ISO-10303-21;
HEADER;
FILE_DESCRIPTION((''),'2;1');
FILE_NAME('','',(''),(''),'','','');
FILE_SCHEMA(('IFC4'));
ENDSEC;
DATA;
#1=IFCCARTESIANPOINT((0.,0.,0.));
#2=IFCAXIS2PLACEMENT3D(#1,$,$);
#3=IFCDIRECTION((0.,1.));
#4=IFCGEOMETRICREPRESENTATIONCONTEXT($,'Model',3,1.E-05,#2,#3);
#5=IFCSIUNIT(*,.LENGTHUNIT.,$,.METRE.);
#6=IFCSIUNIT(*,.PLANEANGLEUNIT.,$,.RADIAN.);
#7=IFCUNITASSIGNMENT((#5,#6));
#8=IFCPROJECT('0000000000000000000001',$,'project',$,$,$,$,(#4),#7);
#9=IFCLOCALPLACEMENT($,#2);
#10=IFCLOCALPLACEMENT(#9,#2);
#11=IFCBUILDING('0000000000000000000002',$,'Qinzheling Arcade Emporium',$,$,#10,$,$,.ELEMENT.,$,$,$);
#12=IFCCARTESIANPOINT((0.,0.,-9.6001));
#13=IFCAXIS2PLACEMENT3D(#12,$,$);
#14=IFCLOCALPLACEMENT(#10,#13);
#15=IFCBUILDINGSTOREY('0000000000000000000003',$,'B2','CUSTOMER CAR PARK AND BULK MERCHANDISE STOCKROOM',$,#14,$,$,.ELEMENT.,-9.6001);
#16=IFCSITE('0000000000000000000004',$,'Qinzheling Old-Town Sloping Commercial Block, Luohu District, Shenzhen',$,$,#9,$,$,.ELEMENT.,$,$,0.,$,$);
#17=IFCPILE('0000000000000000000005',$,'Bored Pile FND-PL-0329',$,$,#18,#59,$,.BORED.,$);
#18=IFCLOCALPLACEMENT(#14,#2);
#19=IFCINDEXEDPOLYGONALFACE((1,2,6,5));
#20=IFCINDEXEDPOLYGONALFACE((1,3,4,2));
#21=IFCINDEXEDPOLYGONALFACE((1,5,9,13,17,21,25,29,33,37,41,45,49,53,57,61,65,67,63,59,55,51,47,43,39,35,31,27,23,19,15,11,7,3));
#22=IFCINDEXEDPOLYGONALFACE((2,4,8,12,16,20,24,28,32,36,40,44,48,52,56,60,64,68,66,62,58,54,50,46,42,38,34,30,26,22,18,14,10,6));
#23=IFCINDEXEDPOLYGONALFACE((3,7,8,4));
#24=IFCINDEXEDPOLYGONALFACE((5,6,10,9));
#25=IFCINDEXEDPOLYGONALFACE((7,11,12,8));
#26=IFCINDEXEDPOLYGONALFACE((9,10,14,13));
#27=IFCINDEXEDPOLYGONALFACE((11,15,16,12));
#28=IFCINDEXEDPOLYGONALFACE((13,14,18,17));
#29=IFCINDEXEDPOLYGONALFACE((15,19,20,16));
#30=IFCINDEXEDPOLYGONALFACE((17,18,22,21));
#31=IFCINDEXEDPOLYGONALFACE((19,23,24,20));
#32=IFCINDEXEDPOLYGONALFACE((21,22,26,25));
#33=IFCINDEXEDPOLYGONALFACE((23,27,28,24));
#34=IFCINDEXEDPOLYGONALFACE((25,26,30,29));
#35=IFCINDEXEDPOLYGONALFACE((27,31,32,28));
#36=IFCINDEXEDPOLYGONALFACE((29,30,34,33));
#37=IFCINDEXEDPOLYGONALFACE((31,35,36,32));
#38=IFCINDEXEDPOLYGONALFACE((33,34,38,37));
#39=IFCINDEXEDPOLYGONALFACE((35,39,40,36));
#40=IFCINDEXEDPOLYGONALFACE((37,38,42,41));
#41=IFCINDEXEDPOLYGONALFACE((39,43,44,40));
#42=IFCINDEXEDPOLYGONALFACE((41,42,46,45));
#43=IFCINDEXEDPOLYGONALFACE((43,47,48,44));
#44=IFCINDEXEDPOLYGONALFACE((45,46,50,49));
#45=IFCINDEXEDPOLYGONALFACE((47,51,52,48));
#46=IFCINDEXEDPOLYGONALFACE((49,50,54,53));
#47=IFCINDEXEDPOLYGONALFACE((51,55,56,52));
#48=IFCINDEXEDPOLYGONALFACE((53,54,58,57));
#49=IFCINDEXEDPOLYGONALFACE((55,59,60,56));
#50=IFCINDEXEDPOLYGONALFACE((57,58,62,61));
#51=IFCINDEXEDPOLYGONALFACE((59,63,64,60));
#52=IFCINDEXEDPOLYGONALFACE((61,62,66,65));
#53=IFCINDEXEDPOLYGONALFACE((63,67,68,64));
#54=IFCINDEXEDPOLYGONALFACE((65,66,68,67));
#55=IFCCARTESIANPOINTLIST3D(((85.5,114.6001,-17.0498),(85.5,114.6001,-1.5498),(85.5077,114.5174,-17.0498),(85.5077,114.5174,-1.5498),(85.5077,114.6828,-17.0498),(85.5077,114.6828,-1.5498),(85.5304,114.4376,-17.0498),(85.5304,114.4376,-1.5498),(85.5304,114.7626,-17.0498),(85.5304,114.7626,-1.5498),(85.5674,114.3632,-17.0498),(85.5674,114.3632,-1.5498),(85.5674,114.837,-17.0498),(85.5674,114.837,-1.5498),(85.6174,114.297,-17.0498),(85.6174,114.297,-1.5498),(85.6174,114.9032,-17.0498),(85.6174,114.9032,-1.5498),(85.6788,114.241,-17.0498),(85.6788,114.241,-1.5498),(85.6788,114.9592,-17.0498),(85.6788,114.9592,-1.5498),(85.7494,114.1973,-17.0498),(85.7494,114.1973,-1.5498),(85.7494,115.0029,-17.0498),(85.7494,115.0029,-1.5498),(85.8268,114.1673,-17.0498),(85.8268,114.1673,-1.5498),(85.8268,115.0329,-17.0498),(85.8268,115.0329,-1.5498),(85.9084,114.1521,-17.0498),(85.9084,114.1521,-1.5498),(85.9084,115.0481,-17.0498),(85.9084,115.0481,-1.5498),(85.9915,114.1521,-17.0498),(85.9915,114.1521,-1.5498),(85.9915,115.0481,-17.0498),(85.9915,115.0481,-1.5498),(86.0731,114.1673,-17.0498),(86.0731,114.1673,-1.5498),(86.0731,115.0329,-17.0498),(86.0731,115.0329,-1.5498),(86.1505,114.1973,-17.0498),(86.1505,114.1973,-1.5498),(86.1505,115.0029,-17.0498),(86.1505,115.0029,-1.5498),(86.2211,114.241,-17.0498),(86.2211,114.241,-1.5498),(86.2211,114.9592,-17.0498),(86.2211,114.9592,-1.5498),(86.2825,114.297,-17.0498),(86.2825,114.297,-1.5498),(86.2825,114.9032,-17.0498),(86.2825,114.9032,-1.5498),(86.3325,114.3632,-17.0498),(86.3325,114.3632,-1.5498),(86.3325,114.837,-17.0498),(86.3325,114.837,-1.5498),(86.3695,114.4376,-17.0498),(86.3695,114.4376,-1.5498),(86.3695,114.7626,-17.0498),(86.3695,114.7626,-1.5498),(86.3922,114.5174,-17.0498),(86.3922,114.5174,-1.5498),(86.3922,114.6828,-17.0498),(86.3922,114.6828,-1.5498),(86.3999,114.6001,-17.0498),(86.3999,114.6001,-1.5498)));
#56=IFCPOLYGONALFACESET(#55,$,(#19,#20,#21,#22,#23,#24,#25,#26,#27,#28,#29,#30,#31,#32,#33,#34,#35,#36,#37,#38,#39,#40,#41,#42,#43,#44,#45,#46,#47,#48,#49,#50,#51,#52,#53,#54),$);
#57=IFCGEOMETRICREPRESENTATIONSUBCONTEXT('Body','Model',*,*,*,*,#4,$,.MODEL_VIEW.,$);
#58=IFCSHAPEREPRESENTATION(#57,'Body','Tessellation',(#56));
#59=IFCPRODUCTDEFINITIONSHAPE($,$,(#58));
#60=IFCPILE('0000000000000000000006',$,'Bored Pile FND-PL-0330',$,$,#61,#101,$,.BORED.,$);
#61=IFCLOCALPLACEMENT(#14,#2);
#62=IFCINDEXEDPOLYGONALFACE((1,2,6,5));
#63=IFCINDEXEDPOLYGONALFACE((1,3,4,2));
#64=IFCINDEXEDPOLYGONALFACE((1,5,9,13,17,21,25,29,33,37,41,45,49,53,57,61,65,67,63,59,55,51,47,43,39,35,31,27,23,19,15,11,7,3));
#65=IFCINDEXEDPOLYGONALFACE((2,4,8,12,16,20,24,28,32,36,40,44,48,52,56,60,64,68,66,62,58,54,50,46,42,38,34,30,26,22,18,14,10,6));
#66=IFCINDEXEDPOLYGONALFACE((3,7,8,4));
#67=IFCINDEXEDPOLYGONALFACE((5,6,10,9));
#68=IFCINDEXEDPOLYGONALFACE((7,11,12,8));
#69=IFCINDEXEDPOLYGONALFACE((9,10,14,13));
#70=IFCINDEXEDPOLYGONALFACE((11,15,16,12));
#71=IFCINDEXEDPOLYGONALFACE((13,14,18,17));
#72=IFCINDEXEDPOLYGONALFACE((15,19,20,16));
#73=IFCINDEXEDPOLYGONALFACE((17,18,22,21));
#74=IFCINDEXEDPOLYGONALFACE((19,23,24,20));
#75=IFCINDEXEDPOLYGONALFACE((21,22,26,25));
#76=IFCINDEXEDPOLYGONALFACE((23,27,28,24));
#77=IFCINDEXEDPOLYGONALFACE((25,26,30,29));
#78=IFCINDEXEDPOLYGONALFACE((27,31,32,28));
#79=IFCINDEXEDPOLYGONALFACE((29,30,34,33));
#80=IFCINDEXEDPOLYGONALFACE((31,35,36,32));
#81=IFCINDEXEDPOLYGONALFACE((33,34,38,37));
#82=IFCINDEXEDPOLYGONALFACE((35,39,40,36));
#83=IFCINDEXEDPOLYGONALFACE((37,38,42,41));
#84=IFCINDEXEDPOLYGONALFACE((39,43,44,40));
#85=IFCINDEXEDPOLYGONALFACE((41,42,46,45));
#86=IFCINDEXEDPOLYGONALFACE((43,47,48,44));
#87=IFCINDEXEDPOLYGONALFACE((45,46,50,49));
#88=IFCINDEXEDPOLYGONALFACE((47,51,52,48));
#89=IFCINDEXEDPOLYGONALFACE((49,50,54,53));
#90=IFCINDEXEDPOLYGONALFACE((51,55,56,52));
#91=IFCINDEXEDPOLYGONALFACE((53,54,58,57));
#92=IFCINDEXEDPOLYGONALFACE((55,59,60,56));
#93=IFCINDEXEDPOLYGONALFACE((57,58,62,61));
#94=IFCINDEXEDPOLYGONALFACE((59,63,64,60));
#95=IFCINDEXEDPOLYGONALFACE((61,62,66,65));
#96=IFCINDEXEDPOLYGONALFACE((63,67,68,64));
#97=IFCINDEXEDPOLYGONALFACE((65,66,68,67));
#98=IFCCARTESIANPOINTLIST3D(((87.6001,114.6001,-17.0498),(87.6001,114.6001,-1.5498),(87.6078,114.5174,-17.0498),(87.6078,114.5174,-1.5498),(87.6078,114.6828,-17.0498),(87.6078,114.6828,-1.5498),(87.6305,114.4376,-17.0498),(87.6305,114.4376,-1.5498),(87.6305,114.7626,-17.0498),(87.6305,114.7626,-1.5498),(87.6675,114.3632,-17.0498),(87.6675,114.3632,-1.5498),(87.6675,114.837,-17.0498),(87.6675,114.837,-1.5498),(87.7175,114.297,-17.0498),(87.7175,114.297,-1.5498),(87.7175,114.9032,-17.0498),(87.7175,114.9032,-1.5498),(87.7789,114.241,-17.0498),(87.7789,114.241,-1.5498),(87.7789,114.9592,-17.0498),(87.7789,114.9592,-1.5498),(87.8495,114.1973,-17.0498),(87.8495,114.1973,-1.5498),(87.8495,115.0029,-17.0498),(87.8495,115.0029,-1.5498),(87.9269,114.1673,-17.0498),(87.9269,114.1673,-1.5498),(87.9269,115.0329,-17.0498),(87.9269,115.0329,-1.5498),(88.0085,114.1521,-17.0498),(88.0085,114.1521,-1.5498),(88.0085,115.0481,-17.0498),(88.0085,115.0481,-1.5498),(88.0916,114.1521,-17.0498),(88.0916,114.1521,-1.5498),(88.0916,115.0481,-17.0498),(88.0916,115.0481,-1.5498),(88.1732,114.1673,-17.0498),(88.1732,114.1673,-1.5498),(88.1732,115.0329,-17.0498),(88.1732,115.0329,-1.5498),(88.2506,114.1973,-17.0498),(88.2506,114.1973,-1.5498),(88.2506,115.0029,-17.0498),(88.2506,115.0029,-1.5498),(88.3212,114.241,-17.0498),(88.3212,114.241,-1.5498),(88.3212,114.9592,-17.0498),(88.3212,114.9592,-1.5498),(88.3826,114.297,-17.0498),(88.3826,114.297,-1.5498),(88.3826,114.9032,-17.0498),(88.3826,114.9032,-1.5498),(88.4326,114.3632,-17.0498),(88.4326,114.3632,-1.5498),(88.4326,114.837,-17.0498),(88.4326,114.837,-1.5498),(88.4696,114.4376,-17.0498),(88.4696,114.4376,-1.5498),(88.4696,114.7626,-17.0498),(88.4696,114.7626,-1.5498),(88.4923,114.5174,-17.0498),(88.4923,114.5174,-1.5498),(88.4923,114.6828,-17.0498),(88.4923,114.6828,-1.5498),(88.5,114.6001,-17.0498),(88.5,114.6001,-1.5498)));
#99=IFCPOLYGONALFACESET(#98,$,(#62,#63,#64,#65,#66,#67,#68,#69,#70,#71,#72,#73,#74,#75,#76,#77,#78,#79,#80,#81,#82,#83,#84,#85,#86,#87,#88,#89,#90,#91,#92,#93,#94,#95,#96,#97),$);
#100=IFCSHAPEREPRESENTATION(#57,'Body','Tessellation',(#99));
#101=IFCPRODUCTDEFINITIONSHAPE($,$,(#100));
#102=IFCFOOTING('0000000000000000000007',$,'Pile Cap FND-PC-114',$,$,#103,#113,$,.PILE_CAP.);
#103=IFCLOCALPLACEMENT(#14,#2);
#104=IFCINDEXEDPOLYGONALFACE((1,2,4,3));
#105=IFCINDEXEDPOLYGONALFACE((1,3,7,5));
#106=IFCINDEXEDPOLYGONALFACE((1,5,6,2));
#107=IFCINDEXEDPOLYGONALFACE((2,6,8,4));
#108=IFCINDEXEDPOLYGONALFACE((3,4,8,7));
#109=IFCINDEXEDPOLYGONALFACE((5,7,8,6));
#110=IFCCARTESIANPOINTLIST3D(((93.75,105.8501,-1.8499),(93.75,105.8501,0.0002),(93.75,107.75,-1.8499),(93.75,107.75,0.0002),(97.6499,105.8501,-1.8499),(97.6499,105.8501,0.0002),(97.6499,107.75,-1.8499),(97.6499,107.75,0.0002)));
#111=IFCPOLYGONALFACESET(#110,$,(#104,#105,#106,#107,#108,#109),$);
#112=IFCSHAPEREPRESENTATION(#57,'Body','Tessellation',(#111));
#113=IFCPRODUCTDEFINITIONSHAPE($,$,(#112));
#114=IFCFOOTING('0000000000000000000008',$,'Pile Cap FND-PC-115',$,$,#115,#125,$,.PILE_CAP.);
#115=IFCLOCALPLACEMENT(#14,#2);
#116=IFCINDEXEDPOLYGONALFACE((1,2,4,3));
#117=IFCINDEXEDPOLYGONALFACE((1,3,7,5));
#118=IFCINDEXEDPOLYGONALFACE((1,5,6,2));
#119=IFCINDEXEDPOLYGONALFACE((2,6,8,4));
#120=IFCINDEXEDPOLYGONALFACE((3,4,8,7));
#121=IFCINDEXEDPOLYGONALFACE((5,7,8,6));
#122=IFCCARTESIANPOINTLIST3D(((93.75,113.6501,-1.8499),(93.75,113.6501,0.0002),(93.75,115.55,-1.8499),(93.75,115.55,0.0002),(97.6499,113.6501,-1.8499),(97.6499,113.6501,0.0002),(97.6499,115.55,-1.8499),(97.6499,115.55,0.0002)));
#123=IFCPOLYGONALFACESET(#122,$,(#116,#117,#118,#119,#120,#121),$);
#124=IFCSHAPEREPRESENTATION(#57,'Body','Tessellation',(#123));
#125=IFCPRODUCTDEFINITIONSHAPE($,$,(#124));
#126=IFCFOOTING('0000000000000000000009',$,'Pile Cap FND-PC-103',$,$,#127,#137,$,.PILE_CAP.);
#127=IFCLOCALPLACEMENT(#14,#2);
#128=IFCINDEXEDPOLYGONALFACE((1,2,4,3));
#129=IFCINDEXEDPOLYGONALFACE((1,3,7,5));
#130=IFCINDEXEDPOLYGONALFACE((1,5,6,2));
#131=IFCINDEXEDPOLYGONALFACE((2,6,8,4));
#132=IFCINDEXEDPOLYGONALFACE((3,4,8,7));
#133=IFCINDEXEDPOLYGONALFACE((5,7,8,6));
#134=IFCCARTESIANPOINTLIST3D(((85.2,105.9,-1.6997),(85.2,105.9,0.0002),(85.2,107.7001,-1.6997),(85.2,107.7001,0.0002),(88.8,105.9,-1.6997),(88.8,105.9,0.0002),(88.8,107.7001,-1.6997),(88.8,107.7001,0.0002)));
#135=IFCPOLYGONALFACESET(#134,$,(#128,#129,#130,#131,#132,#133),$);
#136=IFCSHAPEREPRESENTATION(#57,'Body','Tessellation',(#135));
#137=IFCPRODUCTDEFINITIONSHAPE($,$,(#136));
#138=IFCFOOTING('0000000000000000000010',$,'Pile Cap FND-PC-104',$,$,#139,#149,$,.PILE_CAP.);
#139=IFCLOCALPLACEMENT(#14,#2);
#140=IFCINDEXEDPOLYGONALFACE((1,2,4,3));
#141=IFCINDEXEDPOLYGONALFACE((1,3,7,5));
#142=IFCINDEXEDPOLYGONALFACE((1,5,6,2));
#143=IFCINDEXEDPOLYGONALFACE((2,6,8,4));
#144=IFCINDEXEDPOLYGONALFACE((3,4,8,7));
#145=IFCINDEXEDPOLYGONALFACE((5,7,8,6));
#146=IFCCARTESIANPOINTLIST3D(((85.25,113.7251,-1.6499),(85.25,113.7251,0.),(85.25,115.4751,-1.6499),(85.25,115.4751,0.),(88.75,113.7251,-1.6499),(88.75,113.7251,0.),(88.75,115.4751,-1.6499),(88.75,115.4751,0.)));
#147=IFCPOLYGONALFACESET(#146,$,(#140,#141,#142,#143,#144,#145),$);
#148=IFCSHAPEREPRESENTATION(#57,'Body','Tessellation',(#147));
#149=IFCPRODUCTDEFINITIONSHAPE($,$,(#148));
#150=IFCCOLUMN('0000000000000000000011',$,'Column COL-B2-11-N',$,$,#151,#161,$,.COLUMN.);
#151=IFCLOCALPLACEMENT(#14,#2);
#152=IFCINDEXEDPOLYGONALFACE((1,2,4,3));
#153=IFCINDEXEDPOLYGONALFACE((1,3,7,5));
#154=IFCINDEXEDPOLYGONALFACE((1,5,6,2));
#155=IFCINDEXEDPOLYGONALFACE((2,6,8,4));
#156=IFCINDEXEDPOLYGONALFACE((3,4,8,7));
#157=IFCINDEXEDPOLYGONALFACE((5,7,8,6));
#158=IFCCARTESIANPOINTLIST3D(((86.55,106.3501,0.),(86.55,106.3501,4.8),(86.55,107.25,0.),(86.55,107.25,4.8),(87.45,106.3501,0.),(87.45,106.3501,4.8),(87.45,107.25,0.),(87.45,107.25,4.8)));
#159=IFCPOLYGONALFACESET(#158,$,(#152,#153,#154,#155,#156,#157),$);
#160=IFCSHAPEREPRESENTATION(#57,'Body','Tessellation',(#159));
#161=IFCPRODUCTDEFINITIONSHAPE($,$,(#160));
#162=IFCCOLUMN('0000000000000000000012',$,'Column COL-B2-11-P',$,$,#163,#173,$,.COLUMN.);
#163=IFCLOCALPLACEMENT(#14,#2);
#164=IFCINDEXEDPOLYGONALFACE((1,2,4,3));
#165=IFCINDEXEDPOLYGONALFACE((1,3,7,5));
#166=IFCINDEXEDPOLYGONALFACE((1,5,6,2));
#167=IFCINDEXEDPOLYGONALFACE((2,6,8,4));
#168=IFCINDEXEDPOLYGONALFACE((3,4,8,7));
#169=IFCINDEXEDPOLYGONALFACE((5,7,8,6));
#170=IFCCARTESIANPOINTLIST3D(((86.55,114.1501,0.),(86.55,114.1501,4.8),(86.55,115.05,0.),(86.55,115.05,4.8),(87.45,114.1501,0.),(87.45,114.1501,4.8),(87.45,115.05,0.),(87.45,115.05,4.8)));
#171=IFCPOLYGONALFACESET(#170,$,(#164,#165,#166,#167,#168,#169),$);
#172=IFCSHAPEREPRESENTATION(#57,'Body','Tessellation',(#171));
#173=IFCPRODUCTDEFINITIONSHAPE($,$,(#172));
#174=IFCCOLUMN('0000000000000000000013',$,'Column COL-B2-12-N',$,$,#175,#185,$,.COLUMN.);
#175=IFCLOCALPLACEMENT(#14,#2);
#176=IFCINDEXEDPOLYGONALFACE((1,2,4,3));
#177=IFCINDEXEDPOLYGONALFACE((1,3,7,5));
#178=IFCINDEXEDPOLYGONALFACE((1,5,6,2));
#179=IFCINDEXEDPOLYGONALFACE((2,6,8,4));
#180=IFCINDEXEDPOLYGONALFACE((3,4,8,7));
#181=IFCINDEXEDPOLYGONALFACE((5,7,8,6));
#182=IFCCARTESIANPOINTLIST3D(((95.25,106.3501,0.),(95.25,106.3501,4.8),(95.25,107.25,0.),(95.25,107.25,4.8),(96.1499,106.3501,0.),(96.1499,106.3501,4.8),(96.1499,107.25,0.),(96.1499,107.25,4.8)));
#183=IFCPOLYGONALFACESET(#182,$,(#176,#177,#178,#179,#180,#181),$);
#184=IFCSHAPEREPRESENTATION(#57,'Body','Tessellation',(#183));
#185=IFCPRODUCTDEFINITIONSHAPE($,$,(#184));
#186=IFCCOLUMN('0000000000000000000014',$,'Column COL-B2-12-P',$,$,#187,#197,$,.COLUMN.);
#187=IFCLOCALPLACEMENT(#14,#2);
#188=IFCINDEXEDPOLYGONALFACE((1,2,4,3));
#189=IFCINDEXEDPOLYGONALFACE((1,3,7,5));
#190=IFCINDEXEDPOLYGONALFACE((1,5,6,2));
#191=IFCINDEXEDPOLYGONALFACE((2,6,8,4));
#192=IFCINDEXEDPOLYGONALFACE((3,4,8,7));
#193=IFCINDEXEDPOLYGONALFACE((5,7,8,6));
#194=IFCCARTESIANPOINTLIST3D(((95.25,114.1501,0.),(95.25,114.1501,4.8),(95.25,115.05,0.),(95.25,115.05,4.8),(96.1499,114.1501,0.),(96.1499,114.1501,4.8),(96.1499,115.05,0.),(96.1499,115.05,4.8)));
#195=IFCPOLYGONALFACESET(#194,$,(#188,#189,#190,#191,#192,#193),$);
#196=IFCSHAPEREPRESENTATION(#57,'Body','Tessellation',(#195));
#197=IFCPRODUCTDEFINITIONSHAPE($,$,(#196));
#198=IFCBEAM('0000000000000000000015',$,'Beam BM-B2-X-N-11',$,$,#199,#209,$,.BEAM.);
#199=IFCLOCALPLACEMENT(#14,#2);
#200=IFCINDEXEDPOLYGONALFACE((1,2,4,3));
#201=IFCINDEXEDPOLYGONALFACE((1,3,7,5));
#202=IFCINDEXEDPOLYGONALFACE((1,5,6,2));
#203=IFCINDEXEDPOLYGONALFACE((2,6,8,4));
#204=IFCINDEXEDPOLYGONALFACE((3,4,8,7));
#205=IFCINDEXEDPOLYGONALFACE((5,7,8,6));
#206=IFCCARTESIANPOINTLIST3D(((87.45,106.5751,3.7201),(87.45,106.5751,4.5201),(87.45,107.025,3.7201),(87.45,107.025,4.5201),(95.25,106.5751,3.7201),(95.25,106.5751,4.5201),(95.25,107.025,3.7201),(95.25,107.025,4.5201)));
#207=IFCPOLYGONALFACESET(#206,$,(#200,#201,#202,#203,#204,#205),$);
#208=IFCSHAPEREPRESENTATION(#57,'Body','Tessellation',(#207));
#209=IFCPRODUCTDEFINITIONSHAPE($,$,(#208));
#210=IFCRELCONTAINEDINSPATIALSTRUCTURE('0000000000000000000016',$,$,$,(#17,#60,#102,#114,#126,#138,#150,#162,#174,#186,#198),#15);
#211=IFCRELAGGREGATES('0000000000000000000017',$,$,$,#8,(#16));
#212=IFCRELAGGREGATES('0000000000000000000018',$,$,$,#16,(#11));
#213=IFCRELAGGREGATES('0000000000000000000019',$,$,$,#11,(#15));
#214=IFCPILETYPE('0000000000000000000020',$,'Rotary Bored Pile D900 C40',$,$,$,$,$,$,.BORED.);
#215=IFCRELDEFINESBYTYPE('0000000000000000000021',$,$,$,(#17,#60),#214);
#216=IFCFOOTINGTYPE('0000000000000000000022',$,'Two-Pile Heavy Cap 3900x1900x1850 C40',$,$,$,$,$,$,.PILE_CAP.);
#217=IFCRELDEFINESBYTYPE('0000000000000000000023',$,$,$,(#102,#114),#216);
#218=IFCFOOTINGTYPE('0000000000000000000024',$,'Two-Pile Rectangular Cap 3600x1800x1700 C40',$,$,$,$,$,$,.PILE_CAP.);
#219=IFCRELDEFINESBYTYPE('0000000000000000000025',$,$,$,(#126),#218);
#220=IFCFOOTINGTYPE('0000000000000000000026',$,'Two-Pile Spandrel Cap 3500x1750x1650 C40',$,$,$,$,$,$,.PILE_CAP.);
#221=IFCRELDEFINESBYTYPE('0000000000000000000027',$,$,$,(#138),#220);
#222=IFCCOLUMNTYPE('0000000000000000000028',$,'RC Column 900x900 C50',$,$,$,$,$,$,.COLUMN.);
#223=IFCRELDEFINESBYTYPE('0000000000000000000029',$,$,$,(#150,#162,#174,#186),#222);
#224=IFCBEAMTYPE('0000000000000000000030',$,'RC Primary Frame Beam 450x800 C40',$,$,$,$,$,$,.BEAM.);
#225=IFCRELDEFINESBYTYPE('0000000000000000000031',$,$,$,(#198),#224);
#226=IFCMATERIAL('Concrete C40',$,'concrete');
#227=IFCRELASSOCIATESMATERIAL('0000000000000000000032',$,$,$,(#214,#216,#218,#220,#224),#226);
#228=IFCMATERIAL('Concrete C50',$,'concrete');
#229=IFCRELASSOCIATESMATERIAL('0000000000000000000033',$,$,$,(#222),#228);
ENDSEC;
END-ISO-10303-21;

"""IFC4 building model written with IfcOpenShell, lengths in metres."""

from ifc_helpers import new_model, si_unit, direction, frame, origin, origin_2d, place, context, subcontext, project, spatial, rectangle, circle, extrude, material, material_profile, profile_set, type_object, element, save


model = new_model("IFC4")

# Units and contexts
model_context = context("Model", 3, precision=1e-05, world=origin(), true_north=direction((0.0, 1.0)))
body_context = subcontext(model_context, "Body", "Model", "MODEL_VIEW")
ifc_project = project(units=[si_unit("LENGTHUNIT", "METRE"), si_unit("PLANEANGLEUNIT", "RADIAN")], contexts=[model_context])

# Site, building, storey
site_placement = place(None, origin())
site = spatial("IfcSite", under=ifc_project, at=site_placement, Name="Qinzheling Old-Town Sloping Commercial Block, Luohu District, Shenzhen", CompositionType="ELEMENT", RefElevation=0.0)
building_placement = place(site_placement, origin())
building = spatial("IfcBuilding", under=site, at=building_placement, Name="Qinzheling Arcade Emporium", CompositionType="ELEMENT")
storey_placement = place(building_placement, frame((0.0, 0.0, -9.6001)))
storey = spatial("IfcBuildingStorey", under=building, at=storey_placement, Name="B2", Description="CUSTOMER CAR PARK AND BULK MERCHANDISE STOCKROOM", CompositionType="ELEMENT", Elevation=-9.6001)

# Shared definitions
ifc_material_1 = material(Name="Concrete C40", Category="concrete")

# Piles
ifc_material_profile_1 = material_profile(ifc_material_1, circle(Radius=0.45, at=origin_2d()), Name="BORED D900", Category="concrete")
ifc_profile_set_1 = profile_set([ifc_material_profile_1], Name="Concrete C40")
pile_type_1 = type_object("IfcPileType", Name="Rotary Bored Pile D900 C40", PredefinedType="BORED", material=ifc_profile_set_1)
for number, where, z_axis, x_axis, name in (
    (1, (85.95, 114.6001, -1.5498), (0.0, 0.0, -1.0), (1.0, 0.0, 0.0), "Bored Pile FND-PL-0329"),
    (2, (88.05, 114.6001, -1.5498), (0.0, 0.0, -1.0), (1.0, 0.0, 0.0), "Bored Pile FND-PL-0330"),
):
    element("IfcPile", number, at=place(storey_placement, frame(where, z_axis=z_axis, x_axis=x_axis)), inside=storey, type_object=pile_type_1, Name=name, PredefinedType="BORED", context=body_context, shape_type="SweptSolid", body=[
        extrude(circle(Radius=0.45, at=origin_2d()), origin(), (0.0, 0.0, 1.0), 15.5),
    ])

# Footings
footing_type_1 = type_object("IfcFootingType", Name="Two-Pile Heavy Cap 3900x1900x1850 C40", PredefinedType="PILE_CAP", material=ifc_material_1)
for number, where, z_axis, x_axis, name in (
    (3, (95.7, 106.8, -1.8499), (0.0, 0.0, 1.0), (1.0, 0.0, 0.0), "Pile Cap FND-PC-114"),
    (4, (95.7, 114.6001, -1.8499), (0.0, 0.0, 1.0), (1.0, 0.0, 0.0), "Pile Cap FND-PC-115"),
):
    element("IfcFooting", number, at=place(storey_placement, frame(where, z_axis=z_axis, x_axis=x_axis)), inside=storey, type_object=footing_type_1, Name=name, PredefinedType="PILE_CAP", context=body_context, shape_type="SweptSolid", body=[
        extrude(rectangle(XDim=3.8999, YDim=1.8999, at=origin_2d()), origin(), (0.0, 0.0, 1.0), 1.8501),
    ])
footing_type_2 = type_object("IfcFootingType", Name="Two-Pile Rectangular Cap 3600x1800x1700 C40", PredefinedType="PILE_CAP", material=ifc_material_1)
footing_1_placement = place(storey_placement, frame((87.0, 106.8, -1.6997), z_axis=(0.0, 0.0, 1.0), x_axis=(1.0, 0.0, 0.0)))
element("IfcFooting", 5, at=footing_1_placement, inside=storey, type_object=footing_type_2, Name="Pile Cap FND-PC-103", PredefinedType="PILE_CAP", context=body_context, shape_type="SweptSolid", body=[
    extrude(rectangle(XDim=3.6001, YDim=1.8, at=origin_2d()), origin(), (0.0, 0.0, 1.0), 1.7),
])
footing_type_3 = type_object("IfcFootingType", Name="Two-Pile Spandrel Cap 3500x1750x1650 C40", PredefinedType="PILE_CAP", material=ifc_material_1)
footing_2_placement = place(storey_placement, frame((87.0, 114.6001, -1.6499), z_axis=(0.0, 0.0, 1.0), x_axis=(1.0, 0.0, 0.0)))
element("IfcFooting", 6, at=footing_2_placement, inside=storey, type_object=footing_type_3, Name="Pile Cap FND-PC-104", PredefinedType="PILE_CAP", context=body_context, shape_type="SweptSolid", body=[
    extrude(rectangle(XDim=3.5, YDim=1.75, at=origin_2d()), origin(), (0.0, 0.0, 1.0), 1.6499),
])

# Columns
ifc_material_2 = material(Name="Concrete C50", Category="concrete")
ifc_material_profile_2 = material_profile(ifc_material_2, rectangle(XDim=0.8999, YDim=0.8999, at=origin_2d()), Name="RC 900x900", Category="concrete")
ifc_profile_set_2 = profile_set([ifc_material_profile_2], Name="Concrete C50")
column_type = type_object("IfcColumnType", Name="RC Column 900x900 C50", PredefinedType="COLUMN", material=ifc_profile_set_2)
for number, where, z_axis, x_axis, name in (
    (7, (87.0, 106.8, 0.0), (0.0, 0.0, 1.0), (1.0, 0.0, 0.0), "Column COL-B2-11-N"),
    (8, (87.0, 114.6001, 0.0), (0.0, 0.0, 1.0), (1.0, 0.0, 0.0), "Column COL-B2-11-P"),
    (9, (95.7, 106.8, 0.0), (0.0, 0.0, 1.0), (1.0, 0.0, 0.0), "Column COL-B2-12-N"),
    (10, (95.7, 114.6001, 0.0), (0.0, 0.0, 1.0), (1.0, 0.0, 0.0), "Column COL-B2-12-P"),
):
    element("IfcColumn", number, at=place(storey_placement, frame(where, z_axis=z_axis, x_axis=x_axis)), inside=storey, type_object=column_type, Name=name, PredefinedType="COLUMN", context=body_context, shape_type="SweptSolid", body=[
        extrude(rectangle(XDim=0.8999, YDim=0.8999, at=origin_2d()), origin(), (0.0, 0.0, 1.0), 4.8),
    ])

# Beam
ifc_material_profile_3 = material_profile(ifc_material_1, rectangle(XDim=0.45, YDim=0.8, at=origin_2d()), Name="RC 450x800", Category="concrete")
ifc_profile_set_3 = profile_set([ifc_material_profile_3], Name="Concrete C40")
beam_type = type_object("IfcBeamType", Name="RC Primary Frame Beam 450x800 C40", PredefinedType="BEAM", material=ifc_profile_set_3)
beam_1_placement = place(storey_placement, frame((87.45, 106.8, 4.1201), z_axis=(1.0, 0.0, 0.0), x_axis=(0.0, 1.0, 0.0)))
element("IfcBeam", 11, at=beam_1_placement, inside=storey, type_object=beam_type, Name="Beam BM-B2-X-N-11", PredefinedType="BEAM", context=body_context, shape_type="SweptSolid", body=[
    extrude(rectangle(XDim=0.45, YDim=0.8, at=origin_2d()), origin(), (0.0, 0.0, 1.0), 7.8),
])

save(model, "model.ifc")
